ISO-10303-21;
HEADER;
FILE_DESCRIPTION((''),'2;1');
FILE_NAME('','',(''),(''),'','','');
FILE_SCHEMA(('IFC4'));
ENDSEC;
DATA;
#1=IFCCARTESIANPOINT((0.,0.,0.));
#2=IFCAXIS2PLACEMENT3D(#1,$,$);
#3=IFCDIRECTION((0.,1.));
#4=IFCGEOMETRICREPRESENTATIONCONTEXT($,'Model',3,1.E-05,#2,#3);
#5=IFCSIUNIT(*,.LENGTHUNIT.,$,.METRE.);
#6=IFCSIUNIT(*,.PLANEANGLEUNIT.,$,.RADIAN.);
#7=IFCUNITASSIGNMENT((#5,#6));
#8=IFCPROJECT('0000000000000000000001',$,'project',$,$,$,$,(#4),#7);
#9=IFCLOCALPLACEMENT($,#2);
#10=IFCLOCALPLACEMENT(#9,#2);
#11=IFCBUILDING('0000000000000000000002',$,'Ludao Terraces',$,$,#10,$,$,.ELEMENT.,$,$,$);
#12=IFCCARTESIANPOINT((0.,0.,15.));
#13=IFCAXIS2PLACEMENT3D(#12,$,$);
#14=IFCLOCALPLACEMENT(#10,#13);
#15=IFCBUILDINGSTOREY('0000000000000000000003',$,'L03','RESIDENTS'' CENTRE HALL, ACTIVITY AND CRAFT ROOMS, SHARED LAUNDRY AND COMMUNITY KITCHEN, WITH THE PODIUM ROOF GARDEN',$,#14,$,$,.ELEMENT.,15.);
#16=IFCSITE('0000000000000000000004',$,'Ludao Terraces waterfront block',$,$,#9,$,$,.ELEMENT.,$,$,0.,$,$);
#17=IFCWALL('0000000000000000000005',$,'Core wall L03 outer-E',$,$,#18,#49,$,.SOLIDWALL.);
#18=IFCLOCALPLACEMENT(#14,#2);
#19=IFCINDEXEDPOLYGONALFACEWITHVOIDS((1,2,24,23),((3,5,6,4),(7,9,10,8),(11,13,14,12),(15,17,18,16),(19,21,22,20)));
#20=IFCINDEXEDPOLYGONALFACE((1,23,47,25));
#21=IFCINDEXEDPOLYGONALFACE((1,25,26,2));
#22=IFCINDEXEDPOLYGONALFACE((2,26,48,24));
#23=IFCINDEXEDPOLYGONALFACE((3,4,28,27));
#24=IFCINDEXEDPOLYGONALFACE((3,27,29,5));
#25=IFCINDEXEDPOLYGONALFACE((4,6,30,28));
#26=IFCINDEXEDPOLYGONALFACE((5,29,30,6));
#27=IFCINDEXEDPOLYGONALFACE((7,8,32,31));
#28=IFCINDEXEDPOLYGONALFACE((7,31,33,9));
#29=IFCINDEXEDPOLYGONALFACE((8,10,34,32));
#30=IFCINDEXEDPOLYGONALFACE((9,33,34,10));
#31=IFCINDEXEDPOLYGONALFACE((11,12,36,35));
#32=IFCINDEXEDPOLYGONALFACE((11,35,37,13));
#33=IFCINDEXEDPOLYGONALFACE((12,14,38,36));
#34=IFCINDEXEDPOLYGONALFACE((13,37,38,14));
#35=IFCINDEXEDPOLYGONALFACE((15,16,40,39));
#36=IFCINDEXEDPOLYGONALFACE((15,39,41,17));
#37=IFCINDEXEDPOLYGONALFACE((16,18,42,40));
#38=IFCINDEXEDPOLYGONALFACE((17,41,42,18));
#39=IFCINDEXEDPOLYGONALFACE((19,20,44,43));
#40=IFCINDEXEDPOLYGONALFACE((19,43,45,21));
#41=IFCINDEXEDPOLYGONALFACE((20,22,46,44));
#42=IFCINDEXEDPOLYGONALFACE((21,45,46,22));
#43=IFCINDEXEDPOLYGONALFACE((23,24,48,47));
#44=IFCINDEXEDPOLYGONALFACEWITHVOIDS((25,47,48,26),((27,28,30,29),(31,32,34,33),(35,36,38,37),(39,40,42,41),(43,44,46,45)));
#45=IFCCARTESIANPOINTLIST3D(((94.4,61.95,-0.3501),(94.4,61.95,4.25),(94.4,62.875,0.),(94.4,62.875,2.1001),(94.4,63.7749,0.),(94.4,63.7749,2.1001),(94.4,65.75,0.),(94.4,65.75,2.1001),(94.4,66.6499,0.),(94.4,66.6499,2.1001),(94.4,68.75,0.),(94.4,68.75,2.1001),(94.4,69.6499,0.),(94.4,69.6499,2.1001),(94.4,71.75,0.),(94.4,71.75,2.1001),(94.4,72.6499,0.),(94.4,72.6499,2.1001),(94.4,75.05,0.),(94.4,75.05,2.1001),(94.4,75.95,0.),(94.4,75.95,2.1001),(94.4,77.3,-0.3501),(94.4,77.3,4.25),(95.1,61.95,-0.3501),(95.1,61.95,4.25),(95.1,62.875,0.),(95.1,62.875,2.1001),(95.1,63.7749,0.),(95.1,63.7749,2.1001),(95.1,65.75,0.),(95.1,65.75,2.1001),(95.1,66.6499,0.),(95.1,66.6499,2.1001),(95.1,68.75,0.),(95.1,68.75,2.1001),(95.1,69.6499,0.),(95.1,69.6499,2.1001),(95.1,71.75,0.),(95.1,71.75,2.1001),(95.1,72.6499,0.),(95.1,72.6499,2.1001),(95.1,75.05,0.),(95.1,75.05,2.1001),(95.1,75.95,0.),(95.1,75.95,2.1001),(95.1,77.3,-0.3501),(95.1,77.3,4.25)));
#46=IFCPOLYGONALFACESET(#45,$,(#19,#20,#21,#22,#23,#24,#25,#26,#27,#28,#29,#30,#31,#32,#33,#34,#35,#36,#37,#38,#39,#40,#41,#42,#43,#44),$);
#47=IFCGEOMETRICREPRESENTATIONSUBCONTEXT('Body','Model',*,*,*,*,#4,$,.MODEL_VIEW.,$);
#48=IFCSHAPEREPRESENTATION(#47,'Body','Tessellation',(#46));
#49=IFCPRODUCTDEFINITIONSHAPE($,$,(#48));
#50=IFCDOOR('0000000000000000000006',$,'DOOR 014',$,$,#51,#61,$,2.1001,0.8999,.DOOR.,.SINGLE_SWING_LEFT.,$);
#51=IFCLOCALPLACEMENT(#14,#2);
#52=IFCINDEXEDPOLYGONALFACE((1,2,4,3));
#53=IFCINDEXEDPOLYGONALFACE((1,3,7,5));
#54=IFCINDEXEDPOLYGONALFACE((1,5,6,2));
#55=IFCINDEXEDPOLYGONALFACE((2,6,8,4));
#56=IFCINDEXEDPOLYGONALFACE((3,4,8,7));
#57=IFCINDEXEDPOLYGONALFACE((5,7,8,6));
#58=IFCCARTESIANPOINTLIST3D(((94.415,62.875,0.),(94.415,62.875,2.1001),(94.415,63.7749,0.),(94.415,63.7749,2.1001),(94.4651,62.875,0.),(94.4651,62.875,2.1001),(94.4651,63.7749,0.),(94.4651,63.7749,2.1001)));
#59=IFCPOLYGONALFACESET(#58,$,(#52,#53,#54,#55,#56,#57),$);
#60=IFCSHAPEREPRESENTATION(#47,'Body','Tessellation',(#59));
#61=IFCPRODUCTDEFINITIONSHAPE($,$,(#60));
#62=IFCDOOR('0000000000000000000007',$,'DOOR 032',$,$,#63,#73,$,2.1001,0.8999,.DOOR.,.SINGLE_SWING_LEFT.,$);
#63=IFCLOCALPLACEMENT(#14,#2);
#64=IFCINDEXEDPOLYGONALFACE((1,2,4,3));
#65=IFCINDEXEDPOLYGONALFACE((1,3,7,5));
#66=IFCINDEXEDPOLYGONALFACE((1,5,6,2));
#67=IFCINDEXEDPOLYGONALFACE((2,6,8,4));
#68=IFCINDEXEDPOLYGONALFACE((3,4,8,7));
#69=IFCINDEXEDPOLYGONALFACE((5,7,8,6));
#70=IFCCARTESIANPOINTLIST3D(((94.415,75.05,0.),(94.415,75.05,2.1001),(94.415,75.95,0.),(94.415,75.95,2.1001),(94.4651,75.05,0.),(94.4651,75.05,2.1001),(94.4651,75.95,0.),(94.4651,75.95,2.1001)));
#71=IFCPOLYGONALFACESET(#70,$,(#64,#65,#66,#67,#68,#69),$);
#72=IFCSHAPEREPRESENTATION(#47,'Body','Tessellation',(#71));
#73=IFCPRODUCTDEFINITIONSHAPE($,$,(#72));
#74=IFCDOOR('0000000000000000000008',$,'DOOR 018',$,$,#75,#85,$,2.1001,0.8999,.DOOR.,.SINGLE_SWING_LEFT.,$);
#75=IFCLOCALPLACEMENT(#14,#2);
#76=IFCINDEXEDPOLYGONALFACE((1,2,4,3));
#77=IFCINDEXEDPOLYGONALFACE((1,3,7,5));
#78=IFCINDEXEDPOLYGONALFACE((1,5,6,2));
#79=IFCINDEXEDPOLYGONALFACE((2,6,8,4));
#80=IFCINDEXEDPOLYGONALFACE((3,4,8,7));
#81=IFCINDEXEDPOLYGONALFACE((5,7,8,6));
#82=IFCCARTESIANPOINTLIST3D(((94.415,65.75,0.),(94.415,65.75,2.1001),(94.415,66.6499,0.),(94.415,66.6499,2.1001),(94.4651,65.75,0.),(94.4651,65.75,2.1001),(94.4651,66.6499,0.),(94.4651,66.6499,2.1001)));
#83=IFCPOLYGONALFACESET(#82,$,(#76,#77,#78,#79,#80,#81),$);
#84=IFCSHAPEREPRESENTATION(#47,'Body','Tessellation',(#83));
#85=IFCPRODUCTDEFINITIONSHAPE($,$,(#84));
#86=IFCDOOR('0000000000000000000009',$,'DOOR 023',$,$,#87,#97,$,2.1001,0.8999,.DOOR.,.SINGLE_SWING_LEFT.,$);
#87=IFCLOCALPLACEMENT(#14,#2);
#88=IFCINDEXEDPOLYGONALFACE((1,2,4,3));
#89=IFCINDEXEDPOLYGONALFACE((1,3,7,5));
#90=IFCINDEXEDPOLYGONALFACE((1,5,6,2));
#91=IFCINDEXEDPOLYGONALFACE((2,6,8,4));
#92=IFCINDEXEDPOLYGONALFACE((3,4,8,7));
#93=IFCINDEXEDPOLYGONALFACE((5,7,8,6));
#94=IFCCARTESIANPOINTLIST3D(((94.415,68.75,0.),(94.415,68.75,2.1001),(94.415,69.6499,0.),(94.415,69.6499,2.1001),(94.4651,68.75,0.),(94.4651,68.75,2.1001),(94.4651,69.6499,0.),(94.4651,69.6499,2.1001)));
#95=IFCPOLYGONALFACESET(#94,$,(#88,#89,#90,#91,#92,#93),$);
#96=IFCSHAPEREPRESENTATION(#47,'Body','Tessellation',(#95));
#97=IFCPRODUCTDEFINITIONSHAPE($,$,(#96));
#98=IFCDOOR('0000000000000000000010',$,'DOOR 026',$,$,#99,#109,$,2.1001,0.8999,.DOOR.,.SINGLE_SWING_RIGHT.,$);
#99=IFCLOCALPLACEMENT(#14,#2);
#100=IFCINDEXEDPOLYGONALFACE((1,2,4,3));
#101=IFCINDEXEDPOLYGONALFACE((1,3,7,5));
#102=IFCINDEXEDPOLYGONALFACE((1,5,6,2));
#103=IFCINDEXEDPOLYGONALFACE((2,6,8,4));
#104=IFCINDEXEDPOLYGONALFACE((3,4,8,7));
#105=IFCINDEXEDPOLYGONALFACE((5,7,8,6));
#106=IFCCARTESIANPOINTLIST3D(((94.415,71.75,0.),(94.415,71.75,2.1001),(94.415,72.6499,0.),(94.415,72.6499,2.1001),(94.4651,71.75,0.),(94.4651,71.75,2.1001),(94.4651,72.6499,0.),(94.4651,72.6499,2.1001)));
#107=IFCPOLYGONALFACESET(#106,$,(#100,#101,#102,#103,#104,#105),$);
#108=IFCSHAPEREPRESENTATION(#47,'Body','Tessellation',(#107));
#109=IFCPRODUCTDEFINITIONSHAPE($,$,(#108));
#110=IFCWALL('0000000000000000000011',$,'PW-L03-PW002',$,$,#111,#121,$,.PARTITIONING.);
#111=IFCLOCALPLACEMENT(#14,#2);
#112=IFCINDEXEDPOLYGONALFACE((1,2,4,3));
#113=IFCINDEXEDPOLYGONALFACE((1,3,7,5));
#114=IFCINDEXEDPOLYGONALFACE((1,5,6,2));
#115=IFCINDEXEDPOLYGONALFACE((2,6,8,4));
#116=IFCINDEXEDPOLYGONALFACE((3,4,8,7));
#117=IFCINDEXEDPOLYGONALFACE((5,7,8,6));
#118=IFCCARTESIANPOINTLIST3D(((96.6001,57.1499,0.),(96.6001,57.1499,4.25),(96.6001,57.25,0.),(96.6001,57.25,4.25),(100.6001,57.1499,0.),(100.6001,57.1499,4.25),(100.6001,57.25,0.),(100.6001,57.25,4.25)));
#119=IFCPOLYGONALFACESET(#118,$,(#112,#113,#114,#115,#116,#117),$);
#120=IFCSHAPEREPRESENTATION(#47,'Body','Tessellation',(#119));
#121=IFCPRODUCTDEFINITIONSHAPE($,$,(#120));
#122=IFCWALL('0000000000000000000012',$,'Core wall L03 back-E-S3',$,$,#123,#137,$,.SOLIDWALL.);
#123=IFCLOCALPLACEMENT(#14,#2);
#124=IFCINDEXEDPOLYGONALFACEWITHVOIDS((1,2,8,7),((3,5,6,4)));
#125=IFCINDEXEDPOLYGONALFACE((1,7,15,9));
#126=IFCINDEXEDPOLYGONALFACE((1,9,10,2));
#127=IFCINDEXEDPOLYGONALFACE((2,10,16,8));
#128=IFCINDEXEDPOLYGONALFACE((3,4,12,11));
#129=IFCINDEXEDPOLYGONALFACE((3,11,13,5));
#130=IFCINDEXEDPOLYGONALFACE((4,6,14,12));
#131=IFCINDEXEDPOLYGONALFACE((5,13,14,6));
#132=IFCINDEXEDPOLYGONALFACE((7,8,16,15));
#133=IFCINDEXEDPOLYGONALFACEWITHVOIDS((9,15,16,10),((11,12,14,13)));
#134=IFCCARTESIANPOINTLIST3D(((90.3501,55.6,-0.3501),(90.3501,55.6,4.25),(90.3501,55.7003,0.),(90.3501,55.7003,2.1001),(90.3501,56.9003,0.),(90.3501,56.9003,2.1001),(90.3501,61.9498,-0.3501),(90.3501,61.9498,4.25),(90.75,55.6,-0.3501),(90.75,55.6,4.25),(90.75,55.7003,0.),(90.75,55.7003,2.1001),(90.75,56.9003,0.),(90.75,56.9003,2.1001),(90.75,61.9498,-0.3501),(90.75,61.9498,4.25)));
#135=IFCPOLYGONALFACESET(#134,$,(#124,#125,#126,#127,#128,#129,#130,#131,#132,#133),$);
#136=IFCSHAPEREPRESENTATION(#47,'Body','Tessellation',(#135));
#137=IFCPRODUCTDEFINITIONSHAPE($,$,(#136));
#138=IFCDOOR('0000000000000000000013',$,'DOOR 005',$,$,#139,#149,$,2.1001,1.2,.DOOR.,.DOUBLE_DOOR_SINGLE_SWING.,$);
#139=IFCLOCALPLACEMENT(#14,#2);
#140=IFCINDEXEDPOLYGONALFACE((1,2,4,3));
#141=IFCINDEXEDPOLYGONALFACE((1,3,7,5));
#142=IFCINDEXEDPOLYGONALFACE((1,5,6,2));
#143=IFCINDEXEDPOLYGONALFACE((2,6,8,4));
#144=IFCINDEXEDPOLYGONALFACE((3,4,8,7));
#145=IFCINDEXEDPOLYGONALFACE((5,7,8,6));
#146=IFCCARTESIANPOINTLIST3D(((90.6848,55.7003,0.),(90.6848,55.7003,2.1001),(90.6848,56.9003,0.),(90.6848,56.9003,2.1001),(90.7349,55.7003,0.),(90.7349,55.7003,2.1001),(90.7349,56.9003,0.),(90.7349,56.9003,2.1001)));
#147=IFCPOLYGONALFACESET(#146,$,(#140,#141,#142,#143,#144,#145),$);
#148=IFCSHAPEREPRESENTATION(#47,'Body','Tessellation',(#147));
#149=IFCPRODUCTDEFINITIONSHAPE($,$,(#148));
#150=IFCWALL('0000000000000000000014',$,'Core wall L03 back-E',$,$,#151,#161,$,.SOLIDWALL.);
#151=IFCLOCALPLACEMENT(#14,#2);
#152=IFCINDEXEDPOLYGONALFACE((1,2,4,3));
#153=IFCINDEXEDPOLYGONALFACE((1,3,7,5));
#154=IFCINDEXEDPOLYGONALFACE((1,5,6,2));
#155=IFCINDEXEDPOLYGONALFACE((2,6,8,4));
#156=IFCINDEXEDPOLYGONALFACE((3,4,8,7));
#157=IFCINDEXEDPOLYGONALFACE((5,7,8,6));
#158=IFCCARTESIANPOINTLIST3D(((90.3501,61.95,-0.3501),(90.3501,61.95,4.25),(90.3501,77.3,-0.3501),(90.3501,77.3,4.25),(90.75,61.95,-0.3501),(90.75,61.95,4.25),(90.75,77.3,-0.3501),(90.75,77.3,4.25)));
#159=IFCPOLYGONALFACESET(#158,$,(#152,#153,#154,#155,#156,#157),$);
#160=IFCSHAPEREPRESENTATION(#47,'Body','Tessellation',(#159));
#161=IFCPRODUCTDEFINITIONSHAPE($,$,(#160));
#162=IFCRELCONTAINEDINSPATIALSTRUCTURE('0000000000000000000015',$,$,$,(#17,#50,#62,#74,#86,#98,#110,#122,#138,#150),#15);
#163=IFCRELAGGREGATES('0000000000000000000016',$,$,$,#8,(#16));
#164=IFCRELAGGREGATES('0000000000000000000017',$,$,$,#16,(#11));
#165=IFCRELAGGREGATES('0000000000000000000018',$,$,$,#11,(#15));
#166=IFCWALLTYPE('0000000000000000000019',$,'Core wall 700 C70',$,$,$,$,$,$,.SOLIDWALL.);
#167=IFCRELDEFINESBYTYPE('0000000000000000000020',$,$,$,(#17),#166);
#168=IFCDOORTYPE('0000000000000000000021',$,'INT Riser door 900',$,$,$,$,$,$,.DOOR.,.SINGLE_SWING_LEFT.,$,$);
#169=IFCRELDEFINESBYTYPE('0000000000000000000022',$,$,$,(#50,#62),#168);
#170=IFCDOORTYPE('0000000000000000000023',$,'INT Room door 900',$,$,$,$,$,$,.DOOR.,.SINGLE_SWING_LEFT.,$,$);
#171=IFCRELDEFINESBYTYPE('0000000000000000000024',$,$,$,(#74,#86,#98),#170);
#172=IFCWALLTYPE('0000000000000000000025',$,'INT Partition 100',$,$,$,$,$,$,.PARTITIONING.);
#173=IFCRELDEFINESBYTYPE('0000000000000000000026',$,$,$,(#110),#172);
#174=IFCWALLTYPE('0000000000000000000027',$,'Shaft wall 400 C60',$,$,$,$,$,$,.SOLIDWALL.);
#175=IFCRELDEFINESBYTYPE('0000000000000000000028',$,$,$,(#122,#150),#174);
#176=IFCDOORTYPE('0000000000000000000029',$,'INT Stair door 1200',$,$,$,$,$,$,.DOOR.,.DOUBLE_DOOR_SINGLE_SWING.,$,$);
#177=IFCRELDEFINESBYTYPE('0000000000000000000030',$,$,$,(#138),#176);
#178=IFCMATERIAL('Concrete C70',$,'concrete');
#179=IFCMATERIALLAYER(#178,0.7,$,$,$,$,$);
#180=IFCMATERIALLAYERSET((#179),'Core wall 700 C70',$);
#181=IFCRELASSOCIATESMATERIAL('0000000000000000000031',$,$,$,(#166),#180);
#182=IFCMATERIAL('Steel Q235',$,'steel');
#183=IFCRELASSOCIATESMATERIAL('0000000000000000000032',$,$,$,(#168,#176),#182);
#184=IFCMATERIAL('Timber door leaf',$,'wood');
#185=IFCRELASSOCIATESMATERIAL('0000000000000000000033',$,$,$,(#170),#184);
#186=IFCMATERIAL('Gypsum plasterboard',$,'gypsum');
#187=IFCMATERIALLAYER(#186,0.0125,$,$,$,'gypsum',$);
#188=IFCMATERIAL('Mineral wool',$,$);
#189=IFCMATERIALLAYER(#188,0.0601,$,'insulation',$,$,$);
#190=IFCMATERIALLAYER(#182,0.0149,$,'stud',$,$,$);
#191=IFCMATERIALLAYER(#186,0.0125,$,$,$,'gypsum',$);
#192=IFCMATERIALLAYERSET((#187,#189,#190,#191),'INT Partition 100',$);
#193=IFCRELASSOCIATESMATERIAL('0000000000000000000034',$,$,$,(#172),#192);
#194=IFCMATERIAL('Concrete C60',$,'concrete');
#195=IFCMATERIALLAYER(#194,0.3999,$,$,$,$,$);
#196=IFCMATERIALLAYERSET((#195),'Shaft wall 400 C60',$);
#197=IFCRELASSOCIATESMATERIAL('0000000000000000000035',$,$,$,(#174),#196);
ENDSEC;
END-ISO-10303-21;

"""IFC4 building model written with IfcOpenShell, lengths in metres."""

from ifc_helpers import new_model, si_unit, direction, frame, frame_2d, origin, place, context, subcontext, project, spatial, rectangle, extrude, material, layer, layer_set, type_object, element, fill, save


model = new_model("IFC4")

# Units and contexts
model_context = context("Model", 3, precision=1e-05, world=origin(), true_north=direction((0.0, 1.0)))
body_context = subcontext(model_context, "Body", "Model", "MODEL_VIEW")
ifc_project = project(units=[si_unit("LENGTHUNIT", "METRE"), si_unit("PLANEANGLEUNIT", "RADIAN")], contexts=[model_context])

# Site, building, storey
site_placement = place(None, origin())
site = spatial("IfcSite", under=ifc_project, at=site_placement, Name="Ludao Terraces waterfront block", CompositionType="ELEMENT", RefElevation=0.0)
building_placement = place(site_placement, origin())
building = spatial("IfcBuilding", under=site, at=building_placement, Name="Ludao Terraces", CompositionType="ELEMENT")
storey_placement = place(building_placement, frame((0.0, 0.0, 15.0)))
storey = spatial("IfcBuildingStorey", under=building, at=storey_placement, Name="L03", Description="RESIDENTS' CENTRE HALL, ACTIVITY AND CRAFT ROOMS, SHARED LAUNDRY AND COMMUNITY KITCHEN, WITH THE PODIUM ROOF GARDEN", CompositionType="ELEMENT", Elevation=15.0)

# Wall, openings, doors
ifc_material_1 = material(Name="Concrete C70", Category="concrete")
ifc_layer_1 = layer(ifc_material_1, 0.7)
ifc_layer_set_1 = layer_set([ifc_layer_1], Name="Core wall 700 C70")
wall_type_1 = type_object("IfcWallType", Name="Core wall 700 C70", PredefinedType="SOLIDWALL", material=ifc_layer_set_1)
wall_1_placement = place(storey_placement, frame((94.75, 61.95, -0.3501), z_axis=(0.0, 0.0, 1.0), x_axis=(0.0, 1.0, 0.0)))
wall_1 = element("IfcWall", 1, at=wall_1_placement, inside=storey, type_object=wall_type_1, Name="Core wall L03 outer-E", PredefinedType="SOLIDWALL", context=body_context, shape_type="SweptSolid", body=[
    extrude(rectangle(XDim=15.3501, YDim=0.7, at=frame_2d((7.675, 0.0))), origin(), (0.0, 0.0, 1.0), 4.6001),
])
opening_1_placement = place(wall_1_placement, frame((0.925, 0.0, 0.3501)))
opening_1 = element("IfcOpeningElement", 2, at=opening_1_placement, cuts=wall_1, PredefinedType="OPENING", context=body_context, shape_type="SweptSolid", body=[
    extrude(rectangle(XDim=0.8999, YDim=2.1001, at=frame_2d((0.45, 1.05))), frame((0.0, 0.3599, 0.0), z_axis=(0.0, -1.0, 0.0), x_axis=(1.0, 0.0, 0.0)), (0.0, 0.0, 1.0), 0.72),
])
opening_2_placement = place(wall_1_placement, frame((3.8, 0.0, 0.3501)))
opening_2 = element("IfcOpeningElement", 3, at=opening_2_placement, cuts=wall_1, PredefinedType="OPENING", context=body_context, shape_type="SweptSolid", body=[
    extrude(rectangle(XDim=0.8999, YDim=2.1001, at=frame_2d((0.45, 1.05))), frame((0.0, 0.3599, 0.0), z_axis=(0.0, -1.0, 0.0), x_axis=(1.0, 0.0, 0.0)), (0.0, 0.0, 1.0), 0.72),
])
opening_3_placement = place(wall_1_placement, frame((6.8, 0.0, 0.3501)))
opening_3 = element("IfcOpeningElement", 4, at=opening_3_placement, cuts=wall_1, PredefinedType="OPENING", context=body_context, shape_type="SweptSolid", body=[
    extrude(rectangle(XDim=0.8999, YDim=2.1001, at=frame_2d((0.45, 1.05))), frame((0.0, 0.3599, 0.0), z_axis=(0.0, -1.0, 0.0), x_axis=(1.0, 0.0, 0.0)), (0.0, 0.0, 1.0), 0.72),
])
opening_4_placement = place(wall_1_placement, frame((9.8, 0.0, 0.3501)))
opening_4 = element("IfcOpeningElement", 5, at=opening_4_placement, cuts=wall_1, PredefinedType="OPENING", context=body_context, shape_type="SweptSolid", body=[
    extrude(rectangle(XDim=0.8999, YDim=2.1001, at=frame_2d((0.45, 1.05))), frame((0.0, 0.3599, 0.0), z_axis=(0.0, -1.0, 0.0), x_axis=(1.0, 0.0, 0.0)), (0.0, 0.0, 1.0), 0.72),
])
opening_5_placement = place(wall_1_placement, frame((13.1001, 0.0, 0.3501)))
opening_5 = element("IfcOpeningElement", 6, at=opening_5_placement, cuts=wall_1, PredefinedType="OPENING", context=body_context, shape_type="SweptSolid", body=[
    extrude(rectangle(XDim=0.8999, YDim=2.1001, at=frame_2d((0.45, 1.05))), frame((0.0, 0.3599, 0.0), z_axis=(0.0, -1.0, 0.0), x_axis=(1.0, 0.0, 0.0)), (0.0, 0.0, 1.0), 0.72),
])
ifc_material_2 = material(Name="Steel Q235", Category="steel")
door_type_1 = type_object("IfcDoorType", Name="INT Riser door 900", OperationType="SINGLE_SWING_LEFT", PredefinedType="DOOR", material=ifc_material_2)
door_1_placement = place(opening_1_placement, origin())
door_1 = element("IfcDoor", 7, at=door_1_placement, inside=storey, type_object=door_type_1, Name="DOOR 014", OperationType="SINGLE_SWING_LEFT", OverallHeight=2.1001, OverallWidth=0.8999, PredefinedType="DOOR", context=body_context, shape_type="SweptSolid", body=[
    extrude(rectangle(XDim=0.8999, YDim=2.1001, at=frame_2d((0.45, 1.05))), frame((0.0, 0.335, 0.0), z_axis=(0.0, -1.0, 0.0), x_axis=(1.0, 0.0, 0.0)), (0.0, 0.0, 1.0), 0.05),
])
fill(opening_1, door_1)
door_2_placement = place(opening_5_placement, origin())
door_2 = element("IfcDoor", 8, at=door_2_placement, inside=storey, type_object=door_type_1, Name="DOOR 032", OperationType="SINGLE_SWING_LEFT", OverallHeight=2.1001, OverallWidth=0.8999, PredefinedType="DOOR", context=body_context, shape_type="SweptSolid", body=[
    extrude(rectangle(XDim=0.8999, YDim=2.1001, at=frame_2d((0.45, 1.05))), frame((0.0, 0.335, 0.0), z_axis=(0.0, -1.0, 0.0), x_axis=(1.0, 0.0, 0.0)), (0.0, 0.0, 1.0), 0.05),
])
fill(opening_5, door_2)
ifc_material_3 = material(Name="Timber door leaf", Category="wood")
door_type_2 = type_object("IfcDoorType", Name="INT Room door 900", OperationType="SINGLE_SWING_LEFT", PredefinedType="DOOR", material=ifc_material_3)
door_3_placement = place(opening_2_placement, origin())
door_3 = element("IfcDoor", 9, at=door_3_placement, inside=storey, type_object=door_type_2, Name="DOOR 018", OperationType="SINGLE_SWING_LEFT", OverallHeight=2.1001, OverallWidth=0.8999, PredefinedType="DOOR", context=body_context, shape_type="SweptSolid", body=[
    extrude(rectangle(XDim=0.8999, YDim=2.1001, at=frame_2d((0.45, 1.05))), frame((0.0, 0.335, 0.0), z_axis=(0.0, -1.0, 0.0), x_axis=(1.0, 0.0, 0.0)), (0.0, 0.0, 1.0), 0.05),
])
fill(opening_2, door_3)
door_4_placement = place(opening_3_placement, origin())
door_4 = element("IfcDoor", 10, at=door_4_placement, inside=storey, type_object=door_type_2, Name="DOOR 023", OperationType="SINGLE_SWING_LEFT", OverallHeight=2.1001, OverallWidth=0.8999, PredefinedType="DOOR", context=body_context, shape_type="SweptSolid", body=[
    extrude(rectangle(XDim=0.8999, YDim=2.1001, at=frame_2d((0.45, 1.05))), frame((0.0, 0.335, 0.0), z_axis=(0.0, -1.0, 0.0), x_axis=(1.0, 0.0, 0.0)), (0.0, 0.0, 1.0), 0.05),
])
fill(opening_3, door_4)
door_5_placement = place(opening_4_placement, origin())
door_5 = element("IfcDoor", 11, at=door_5_placement, inside=storey, type_object=door_type_2, Name="DOOR 026", OperationType="SINGLE_SWING_RIGHT", OverallHeight=2.1001, OverallWidth=0.8999, PredefinedType="DOOR", context=body_context, shape_type="SweptSolid", body=[
    extrude(rectangle(XDim=0.8999, YDim=2.1001, at=frame_2d((0.45, 1.05))), frame((0.0, 0.335, 0.0), z_axis=(0.0, -1.0, 0.0), x_axis=(1.0, 0.0, 0.0)), (0.0, 0.0, 1.0), 0.05),
])
fill(opening_4, door_5)

# Wall
ifc_material_4 = material(Name="Gypsum plasterboard", Category="gypsum")
ifc_layer_2 = layer(ifc_material_4, 0.0125, Category="gypsum")
ifc_material_5 = material(Name="Mineral wool")
ifc_layer_3 = layer(ifc_material_5, 0.0601, Name="insulation")
ifc_layer_4 = layer(ifc_material_2, 0.0149, Name="stud")
ifc_layer_5 = layer(ifc_material_4, 0.0125, Category="gypsum")
ifc_layer_set_2 = layer_set([ifc_layer_2, ifc_layer_3, ifc_layer_4, ifc_layer_5], Name="INT Partition 100")
wall_type_2 = type_object("IfcWallType", Name="INT Partition 100", PredefinedType="PARTITIONING", material=ifc_layer_set_2)
wall_2_placement = place(storey_placement, frame((96.6001, 57.2, 0.0), z_axis=(0.0, 0.0, 1.0), x_axis=(1.0, 0.0, 0.0)))
element("IfcWall", 12, at=wall_2_placement, inside=storey, type_object=wall_type_2, Name="PW-L03-PW002", PredefinedType="PARTITIONING", context=body_context, shape_type="SweptSolid", body=[
    extrude(rectangle(XDim=4.0, YDim=0.1001, at=frame_2d((2.0, 0.0))), origin(), (0.0, 0.0, 1.0), 4.25),
])

# Wall, opening, door
ifc_material_6 = material(Name="Concrete C60", Category="concrete")
ifc_layer_6 = layer(ifc_material_6, 0.3999)
ifc_layer_set_3 = layer_set([ifc_layer_6], Name="Shaft wall 400 C60")
wall_type_3 = type_object("IfcWallType", Name="Shaft wall 400 C60", PredefinedType="SOLIDWALL", material=ifc_layer_set_3)
wall_3_placement = place(storey_placement, frame((90.55, 55.6001, -0.3501), z_axis=(0.0, 0.0, 1.0), x_axis=(0.0, 1.0, 0.0)))
wall_3 = element("IfcWall", 13, at=wall_3_placement, inside=storey, type_object=wall_type_3, Name="Core wall L03 back-E-S3", PredefinedType="SOLIDWALL", context=body_context, shape_type="SweptSolid", body=[
    extrude(rectangle(XDim=6.3499, YDim=0.3999, at=frame_2d((3.1748, 0.0))), origin(), (0.0, 0.0, 1.0), 4.6001),
])
opening_6_placement = place(wall_3_placement, frame((0.1001, 0.0, 0.3501)))
opening_6 = element("IfcOpeningElement", 14, at=opening_6_placement, cuts=wall_3, PredefinedType="OPENING", context=body_context, shape_type="SweptSolid", body=[
    extrude(rectangle(XDim=1.2, YDim=2.1001, at=frame_2d((0.6001, 1.05))), frame((0.0, 0.21, 0.0), z_axis=(0.0, -1.0, 0.0), x_axis=(1.0, 0.0, 0.0)), (0.0, 0.0, 1.0), 0.4199),
])
door_type_3 = type_object("IfcDoorType", Name="INT Stair door 1200", OperationType="DOUBLE_DOOR_SINGLE_SWING", PredefinedType="DOOR", material=ifc_material_2)
door_6_placement = place(opening_6_placement, origin())
door_6 = element("IfcDoor", 15, at=door_6_placement, inside=storey, type_object=door_type_3, Name="DOOR 005", OperationType="DOUBLE_DOOR_SINGLE_SWING", OverallHeight=2.1001, OverallWidth=1.2, PredefinedType="DOOR", context=body_context, shape_type="SweptSolid", body=[
    extrude(rectangle(XDim=1.2, YDim=2.1001, at=frame_2d((0.6001, 1.05))), frame((0.0, -0.1348, 0.0), z_axis=(0.0, -1.0, 0.0), x_axis=(1.0, 0.0, 0.0)), (0.0, 0.0, 1.0), 0.05),
])
fill(opening_6, door_6)

# Wall
wall_4_placement = place(storey_placement, frame((90.55, 61.95, -0.3501), z_axis=(0.0, 0.0, 1.0), x_axis=(0.0, 1.0, 0.0)))
element("IfcWall", 16, at=wall_4_placement, inside=storey, type_object=wall_type_3, Name="Core wall L03 back-E", PredefinedType="SOLIDWALL", context=body_context, shape_type="SweptSolid", body=[
    extrude(rectangle(XDim=15.3501, YDim=0.3999, at=frame_2d((7.675, 0.0))), origin(), (0.0, 0.0, 1.0), 4.6001),
])

save(model, "model.ifc")
